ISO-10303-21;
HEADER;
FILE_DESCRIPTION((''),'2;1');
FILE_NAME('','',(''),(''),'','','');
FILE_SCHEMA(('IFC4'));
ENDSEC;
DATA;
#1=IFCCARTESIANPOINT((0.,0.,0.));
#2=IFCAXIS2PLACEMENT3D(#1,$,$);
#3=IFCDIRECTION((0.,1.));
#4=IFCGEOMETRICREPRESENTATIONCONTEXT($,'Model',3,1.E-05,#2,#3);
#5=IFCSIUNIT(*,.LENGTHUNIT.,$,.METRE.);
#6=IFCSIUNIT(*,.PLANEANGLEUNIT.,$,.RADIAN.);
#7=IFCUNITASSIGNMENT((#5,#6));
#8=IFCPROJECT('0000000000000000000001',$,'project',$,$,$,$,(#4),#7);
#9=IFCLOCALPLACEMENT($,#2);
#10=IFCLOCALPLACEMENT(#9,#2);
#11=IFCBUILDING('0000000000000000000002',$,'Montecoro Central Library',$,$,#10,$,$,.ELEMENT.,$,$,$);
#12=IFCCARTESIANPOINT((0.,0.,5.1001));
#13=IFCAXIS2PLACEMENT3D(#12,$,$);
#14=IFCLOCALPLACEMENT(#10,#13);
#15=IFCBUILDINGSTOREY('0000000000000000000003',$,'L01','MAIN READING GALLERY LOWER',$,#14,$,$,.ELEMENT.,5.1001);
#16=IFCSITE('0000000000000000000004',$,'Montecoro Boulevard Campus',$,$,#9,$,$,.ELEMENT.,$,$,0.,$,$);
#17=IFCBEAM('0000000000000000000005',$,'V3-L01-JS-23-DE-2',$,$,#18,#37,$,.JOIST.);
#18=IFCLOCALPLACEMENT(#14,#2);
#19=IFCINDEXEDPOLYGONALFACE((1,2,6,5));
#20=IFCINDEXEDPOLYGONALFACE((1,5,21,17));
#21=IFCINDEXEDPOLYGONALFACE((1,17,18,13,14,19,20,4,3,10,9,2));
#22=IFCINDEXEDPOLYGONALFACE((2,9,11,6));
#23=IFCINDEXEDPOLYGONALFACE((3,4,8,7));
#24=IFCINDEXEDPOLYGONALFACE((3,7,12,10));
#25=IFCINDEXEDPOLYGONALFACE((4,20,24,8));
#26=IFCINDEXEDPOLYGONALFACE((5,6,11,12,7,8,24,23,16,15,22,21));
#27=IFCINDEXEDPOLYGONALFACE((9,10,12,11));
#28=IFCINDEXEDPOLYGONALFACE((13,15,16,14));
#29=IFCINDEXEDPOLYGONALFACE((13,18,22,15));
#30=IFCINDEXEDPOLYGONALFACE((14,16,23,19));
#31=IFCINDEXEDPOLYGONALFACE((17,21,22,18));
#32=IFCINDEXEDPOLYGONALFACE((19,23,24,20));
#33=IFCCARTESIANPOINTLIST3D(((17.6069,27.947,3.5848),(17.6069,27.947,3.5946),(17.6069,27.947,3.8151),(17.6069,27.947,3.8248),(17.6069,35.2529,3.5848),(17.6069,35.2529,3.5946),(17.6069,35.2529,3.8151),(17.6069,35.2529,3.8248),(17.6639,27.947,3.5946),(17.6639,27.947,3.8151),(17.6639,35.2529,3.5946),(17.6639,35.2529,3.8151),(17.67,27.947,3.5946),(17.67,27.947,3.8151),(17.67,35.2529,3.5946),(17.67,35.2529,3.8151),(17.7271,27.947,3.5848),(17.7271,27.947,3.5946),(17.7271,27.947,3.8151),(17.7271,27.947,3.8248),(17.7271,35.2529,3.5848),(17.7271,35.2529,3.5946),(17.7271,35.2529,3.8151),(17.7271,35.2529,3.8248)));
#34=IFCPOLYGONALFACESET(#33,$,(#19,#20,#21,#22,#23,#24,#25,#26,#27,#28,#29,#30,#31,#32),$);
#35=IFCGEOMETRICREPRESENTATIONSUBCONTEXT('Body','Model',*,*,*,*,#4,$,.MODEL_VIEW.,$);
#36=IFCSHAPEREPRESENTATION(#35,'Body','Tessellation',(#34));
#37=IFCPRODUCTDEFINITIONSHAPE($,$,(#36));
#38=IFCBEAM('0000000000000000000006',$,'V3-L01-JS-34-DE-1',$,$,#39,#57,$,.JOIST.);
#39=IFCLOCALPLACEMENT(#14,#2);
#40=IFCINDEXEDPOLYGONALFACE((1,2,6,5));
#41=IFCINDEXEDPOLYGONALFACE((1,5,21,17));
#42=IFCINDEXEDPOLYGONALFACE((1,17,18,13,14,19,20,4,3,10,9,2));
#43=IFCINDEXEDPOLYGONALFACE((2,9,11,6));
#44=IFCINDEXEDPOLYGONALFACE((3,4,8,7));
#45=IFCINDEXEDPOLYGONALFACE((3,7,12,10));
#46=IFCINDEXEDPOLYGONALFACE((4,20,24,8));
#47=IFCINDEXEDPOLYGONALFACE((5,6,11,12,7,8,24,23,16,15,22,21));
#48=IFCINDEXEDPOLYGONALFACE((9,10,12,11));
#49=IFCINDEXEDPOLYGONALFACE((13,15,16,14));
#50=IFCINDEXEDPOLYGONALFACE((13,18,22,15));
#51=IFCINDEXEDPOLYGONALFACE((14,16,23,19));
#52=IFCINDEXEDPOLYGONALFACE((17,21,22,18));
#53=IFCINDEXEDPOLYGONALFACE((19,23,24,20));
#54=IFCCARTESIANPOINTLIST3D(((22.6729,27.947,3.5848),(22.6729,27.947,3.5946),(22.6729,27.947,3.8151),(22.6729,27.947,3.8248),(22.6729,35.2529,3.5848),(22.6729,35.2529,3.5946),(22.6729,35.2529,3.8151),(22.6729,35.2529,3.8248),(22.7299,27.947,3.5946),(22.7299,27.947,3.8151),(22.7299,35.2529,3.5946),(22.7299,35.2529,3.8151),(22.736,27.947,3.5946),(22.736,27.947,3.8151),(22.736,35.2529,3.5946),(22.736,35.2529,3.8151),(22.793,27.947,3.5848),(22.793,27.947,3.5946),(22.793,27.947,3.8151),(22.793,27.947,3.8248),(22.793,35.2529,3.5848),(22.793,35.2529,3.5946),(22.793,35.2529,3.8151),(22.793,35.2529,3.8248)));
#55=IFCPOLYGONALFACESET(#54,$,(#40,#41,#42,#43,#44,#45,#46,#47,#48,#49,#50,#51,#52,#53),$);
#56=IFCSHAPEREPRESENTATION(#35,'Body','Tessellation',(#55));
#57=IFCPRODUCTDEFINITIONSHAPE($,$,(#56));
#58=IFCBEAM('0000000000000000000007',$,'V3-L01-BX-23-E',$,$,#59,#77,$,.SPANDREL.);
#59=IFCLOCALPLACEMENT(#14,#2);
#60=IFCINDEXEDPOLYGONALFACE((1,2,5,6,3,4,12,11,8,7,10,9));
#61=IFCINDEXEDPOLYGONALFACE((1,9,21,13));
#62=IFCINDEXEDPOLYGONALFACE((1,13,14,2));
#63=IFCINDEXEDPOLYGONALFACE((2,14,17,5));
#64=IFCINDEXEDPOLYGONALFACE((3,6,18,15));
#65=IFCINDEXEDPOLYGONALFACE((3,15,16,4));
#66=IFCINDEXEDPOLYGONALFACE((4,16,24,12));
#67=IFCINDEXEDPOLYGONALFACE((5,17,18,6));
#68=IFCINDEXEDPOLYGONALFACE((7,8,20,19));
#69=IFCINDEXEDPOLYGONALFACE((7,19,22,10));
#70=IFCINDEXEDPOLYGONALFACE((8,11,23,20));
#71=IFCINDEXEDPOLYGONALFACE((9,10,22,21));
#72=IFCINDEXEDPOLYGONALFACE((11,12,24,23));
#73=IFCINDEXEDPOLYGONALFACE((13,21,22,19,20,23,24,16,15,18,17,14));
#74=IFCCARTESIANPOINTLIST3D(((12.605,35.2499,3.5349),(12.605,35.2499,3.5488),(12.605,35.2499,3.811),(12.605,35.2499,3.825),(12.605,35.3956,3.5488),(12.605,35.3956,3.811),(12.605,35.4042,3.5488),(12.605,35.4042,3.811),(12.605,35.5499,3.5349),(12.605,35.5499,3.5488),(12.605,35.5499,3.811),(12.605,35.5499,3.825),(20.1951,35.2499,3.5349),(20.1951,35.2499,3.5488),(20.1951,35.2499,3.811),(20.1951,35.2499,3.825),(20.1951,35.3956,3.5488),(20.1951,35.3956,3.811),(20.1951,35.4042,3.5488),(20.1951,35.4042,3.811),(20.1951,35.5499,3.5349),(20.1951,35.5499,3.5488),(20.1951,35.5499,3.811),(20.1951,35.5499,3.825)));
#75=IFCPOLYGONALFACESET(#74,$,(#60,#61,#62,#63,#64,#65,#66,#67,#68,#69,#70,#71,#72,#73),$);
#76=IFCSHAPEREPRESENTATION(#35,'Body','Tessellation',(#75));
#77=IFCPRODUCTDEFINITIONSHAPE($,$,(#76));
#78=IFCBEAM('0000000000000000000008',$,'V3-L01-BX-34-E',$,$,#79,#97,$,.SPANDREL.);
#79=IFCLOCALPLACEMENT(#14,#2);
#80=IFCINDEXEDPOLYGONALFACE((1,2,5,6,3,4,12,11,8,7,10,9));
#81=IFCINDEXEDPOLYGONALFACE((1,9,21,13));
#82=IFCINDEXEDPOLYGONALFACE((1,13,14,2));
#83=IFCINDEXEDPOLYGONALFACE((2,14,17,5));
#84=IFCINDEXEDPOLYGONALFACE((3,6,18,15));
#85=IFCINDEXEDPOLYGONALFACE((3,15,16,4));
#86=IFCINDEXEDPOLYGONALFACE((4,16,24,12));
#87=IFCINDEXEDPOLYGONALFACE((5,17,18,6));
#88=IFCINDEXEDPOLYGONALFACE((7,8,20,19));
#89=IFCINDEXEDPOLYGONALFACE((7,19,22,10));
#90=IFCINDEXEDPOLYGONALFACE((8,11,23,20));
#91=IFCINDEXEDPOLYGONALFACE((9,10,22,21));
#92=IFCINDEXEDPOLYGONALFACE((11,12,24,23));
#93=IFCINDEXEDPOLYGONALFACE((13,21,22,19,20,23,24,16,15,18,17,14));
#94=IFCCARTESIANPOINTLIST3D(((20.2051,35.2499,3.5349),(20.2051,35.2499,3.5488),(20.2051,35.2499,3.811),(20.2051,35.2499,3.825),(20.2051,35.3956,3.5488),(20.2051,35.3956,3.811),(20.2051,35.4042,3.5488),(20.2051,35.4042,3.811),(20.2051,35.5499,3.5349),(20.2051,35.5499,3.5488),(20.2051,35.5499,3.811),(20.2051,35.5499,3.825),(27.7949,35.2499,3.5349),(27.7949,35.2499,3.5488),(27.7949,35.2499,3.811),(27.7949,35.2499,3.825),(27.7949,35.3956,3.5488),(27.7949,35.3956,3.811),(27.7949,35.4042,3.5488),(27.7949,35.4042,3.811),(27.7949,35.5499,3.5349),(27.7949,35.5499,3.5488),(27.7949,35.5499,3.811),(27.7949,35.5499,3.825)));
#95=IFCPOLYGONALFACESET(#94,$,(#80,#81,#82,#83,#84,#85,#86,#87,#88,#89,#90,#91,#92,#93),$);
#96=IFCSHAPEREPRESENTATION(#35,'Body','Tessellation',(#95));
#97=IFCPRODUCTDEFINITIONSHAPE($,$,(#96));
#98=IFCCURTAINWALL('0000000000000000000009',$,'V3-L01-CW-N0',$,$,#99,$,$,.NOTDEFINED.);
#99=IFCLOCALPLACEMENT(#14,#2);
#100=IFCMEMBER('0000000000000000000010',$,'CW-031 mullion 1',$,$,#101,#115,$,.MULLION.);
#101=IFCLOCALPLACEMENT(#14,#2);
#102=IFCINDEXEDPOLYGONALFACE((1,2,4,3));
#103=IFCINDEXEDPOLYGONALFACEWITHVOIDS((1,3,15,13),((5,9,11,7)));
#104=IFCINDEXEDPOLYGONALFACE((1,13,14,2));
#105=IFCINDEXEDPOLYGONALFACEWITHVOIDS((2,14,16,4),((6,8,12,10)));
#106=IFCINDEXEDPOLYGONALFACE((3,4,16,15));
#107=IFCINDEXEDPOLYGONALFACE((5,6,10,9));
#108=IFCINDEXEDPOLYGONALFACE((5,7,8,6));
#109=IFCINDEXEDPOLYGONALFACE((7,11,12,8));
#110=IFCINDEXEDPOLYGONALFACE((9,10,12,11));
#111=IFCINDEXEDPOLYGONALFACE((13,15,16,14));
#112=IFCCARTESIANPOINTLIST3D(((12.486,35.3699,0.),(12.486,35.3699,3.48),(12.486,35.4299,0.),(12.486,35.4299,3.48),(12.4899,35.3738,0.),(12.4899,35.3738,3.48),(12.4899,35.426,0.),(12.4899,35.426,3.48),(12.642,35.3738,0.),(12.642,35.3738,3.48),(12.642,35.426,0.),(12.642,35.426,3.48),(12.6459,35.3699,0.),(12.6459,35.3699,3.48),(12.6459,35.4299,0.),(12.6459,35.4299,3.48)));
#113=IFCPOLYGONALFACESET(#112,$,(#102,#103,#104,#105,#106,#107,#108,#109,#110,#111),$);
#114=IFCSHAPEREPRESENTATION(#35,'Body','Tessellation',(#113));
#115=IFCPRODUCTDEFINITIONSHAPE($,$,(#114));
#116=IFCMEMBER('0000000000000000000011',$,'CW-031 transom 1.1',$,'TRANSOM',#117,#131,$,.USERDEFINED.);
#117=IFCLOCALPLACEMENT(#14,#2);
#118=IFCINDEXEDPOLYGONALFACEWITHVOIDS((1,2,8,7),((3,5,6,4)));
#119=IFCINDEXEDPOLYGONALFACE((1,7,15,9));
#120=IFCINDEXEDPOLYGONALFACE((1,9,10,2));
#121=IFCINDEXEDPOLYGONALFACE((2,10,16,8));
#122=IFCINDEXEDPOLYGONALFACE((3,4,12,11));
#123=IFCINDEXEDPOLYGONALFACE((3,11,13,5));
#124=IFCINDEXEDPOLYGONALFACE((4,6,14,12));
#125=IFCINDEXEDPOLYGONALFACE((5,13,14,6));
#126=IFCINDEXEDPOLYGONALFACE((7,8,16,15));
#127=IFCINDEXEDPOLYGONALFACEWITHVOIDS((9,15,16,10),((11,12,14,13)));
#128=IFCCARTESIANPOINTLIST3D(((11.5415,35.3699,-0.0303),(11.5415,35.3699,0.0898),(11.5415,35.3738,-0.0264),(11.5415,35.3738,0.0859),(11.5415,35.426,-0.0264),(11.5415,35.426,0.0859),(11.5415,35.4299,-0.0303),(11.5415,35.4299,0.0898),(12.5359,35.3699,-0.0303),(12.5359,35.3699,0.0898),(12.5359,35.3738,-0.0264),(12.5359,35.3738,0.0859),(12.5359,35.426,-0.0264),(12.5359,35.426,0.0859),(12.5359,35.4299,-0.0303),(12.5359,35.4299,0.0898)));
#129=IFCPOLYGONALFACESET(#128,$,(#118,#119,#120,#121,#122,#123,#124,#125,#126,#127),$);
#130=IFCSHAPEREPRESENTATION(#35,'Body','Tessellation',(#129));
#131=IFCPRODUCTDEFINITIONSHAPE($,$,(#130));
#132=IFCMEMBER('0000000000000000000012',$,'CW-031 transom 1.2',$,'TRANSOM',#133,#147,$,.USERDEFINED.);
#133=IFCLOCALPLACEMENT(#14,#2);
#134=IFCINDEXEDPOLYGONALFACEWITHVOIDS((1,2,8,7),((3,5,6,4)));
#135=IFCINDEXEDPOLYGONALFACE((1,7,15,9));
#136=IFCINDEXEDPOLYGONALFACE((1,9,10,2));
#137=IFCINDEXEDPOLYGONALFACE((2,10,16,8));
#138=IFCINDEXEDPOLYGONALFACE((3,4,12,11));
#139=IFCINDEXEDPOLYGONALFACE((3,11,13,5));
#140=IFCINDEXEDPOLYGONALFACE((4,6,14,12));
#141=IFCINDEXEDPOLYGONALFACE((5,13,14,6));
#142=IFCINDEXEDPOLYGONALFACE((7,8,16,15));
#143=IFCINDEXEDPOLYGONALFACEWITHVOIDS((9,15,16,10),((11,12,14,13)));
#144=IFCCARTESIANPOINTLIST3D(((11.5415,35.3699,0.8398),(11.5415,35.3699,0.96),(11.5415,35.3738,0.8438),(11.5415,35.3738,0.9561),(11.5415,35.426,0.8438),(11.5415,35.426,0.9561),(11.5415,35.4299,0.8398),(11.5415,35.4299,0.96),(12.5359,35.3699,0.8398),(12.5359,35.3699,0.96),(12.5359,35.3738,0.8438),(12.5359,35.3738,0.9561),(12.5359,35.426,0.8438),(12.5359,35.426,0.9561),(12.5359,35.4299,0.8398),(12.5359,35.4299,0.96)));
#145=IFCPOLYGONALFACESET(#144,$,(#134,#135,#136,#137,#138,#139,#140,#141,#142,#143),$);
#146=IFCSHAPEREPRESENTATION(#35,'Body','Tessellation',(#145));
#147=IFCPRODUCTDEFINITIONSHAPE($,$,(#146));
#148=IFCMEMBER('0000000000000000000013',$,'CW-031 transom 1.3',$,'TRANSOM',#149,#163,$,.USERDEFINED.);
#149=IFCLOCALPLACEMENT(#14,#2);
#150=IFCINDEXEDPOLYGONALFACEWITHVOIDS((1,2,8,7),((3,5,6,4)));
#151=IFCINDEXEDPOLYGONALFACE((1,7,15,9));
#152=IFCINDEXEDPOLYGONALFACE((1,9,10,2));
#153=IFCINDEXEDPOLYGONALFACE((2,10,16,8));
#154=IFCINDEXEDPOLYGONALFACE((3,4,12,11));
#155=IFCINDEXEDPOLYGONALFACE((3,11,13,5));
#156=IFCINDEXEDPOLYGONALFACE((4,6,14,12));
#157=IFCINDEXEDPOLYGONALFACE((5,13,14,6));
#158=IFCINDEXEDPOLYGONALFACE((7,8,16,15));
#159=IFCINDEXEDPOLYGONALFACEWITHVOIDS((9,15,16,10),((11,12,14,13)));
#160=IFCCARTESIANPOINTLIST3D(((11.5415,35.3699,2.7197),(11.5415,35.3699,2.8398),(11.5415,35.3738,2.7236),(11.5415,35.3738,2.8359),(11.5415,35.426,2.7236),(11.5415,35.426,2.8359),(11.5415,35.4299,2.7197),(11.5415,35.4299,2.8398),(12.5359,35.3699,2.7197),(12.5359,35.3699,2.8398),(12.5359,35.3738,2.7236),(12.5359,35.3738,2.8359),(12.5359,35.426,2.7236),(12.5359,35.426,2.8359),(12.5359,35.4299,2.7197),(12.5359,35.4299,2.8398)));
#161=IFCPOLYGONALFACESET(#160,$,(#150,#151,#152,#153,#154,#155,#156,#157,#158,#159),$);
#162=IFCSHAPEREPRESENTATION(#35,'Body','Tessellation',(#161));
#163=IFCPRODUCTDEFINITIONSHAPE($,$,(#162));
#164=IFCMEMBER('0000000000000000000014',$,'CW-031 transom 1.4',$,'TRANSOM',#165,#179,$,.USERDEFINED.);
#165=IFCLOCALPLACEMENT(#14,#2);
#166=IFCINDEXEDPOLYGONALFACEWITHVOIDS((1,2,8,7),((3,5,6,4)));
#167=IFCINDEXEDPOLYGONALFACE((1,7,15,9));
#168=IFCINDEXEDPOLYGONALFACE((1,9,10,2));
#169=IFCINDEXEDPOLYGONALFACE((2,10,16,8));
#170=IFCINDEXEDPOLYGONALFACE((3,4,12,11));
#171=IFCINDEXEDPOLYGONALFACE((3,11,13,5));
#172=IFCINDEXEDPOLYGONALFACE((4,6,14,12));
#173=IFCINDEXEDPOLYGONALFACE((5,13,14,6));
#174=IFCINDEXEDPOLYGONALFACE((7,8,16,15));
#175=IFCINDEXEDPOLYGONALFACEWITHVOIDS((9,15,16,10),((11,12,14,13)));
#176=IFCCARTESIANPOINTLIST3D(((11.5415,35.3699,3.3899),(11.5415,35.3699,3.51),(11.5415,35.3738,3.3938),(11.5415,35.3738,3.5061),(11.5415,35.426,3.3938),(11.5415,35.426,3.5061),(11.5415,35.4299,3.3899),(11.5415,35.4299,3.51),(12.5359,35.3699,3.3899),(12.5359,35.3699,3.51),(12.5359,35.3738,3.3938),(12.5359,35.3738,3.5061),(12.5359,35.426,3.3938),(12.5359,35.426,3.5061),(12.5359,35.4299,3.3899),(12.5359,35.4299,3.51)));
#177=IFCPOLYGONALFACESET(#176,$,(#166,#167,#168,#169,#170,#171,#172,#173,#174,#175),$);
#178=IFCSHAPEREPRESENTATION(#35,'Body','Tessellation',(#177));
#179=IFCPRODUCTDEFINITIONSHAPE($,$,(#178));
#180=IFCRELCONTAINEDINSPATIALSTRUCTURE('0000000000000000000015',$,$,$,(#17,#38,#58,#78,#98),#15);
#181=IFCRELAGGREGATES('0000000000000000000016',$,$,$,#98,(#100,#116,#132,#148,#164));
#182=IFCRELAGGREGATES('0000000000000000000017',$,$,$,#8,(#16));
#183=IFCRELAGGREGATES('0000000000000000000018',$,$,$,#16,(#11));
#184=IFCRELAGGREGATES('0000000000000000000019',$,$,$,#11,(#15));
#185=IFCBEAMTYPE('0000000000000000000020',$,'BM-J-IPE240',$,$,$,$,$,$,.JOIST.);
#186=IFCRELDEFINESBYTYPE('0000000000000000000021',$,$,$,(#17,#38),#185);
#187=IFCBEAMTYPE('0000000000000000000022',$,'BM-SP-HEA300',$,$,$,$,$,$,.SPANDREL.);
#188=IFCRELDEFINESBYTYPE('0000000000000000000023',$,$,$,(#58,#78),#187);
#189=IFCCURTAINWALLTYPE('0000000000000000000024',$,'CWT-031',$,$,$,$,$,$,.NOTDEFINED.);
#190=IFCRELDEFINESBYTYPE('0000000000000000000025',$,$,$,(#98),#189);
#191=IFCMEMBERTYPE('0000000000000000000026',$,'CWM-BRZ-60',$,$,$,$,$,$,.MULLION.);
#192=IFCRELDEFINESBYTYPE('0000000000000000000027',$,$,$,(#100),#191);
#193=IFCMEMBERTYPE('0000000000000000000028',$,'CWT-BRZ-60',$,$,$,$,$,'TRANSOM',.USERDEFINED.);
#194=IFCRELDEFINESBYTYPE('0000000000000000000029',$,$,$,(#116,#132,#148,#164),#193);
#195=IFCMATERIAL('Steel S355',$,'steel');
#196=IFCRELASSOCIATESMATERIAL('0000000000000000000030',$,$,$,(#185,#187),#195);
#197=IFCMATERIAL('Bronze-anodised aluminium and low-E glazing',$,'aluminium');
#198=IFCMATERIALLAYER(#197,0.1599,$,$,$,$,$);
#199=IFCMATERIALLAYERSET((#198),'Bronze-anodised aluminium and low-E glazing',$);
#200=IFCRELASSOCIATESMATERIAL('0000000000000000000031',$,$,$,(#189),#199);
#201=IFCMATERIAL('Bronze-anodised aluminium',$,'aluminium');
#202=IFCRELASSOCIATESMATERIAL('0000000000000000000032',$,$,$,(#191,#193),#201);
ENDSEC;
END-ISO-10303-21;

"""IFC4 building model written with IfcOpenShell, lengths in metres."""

from ifc_helpers import new_model, si_unit, direction, frame, origin, origin_2d, place, context, subcontext, project, spatial, hollow_rectangle, i_section, extrude, material, layer, layer_set, material_profile, profile_set, type_object, element, aggregate, save


model = new_model("IFC4")

# Units and contexts
model_context = context("Model", 3, precision=1e-05, world=origin(), true_north=direction((0.0, 1.0)))
body_context = subcontext(model_context, "Body", "Model", "MODEL_VIEW")
ifc_project = project(units=[si_unit("LENGTHUNIT", "METRE"), si_unit("PLANEANGLEUNIT", "RADIAN")], contexts=[model_context])

# Site, building, storey
site_placement = place(None, origin())
site = spatial("IfcSite", under=ifc_project, at=site_placement, Name="Montecoro Boulevard Campus", CompositionType="ELEMENT", RefElevation=0.0)
building_placement = place(site_placement, origin())
building = spatial("IfcBuilding", under=site, at=building_placement, Name="Montecoro Central Library", CompositionType="ELEMENT")
storey_placement = place(building_placement, frame((0.0, 0.0, 5.1001)))
storey = spatial("IfcBuildingStorey", under=building, at=storey_placement, Name="L01", Description="MAIN READING GALLERY LOWER", CompositionType="ELEMENT", Elevation=5.1001)

# Shared definitions
ifc_material_1 = material(Name="Steel S355", Category="steel")

# Beams
ifc_material_profile_1 = material_profile(ifc_material_1, i_section(OverallWidth=0.1201, OverallDepth=0.24, WebThickness=0.0061, FlangeThickness=0.0098, at=origin_2d()), Name="IPE 240")
ifc_profile_set_1 = profile_set([ifc_material_profile_1], Name="Steel S355")
beam_type_1 = type_object("IfcBeamType", Name="BM-J-IPE240", PredefinedType="JOIST", material=ifc_profile_set_1)
for number, where, z_axis, x_axis, name in (
    (1, (17.667, 27.947, 3.7048), (0.0, 1.0, 0.0), (-1.0, 0.0, 0.0), "V3-L01-JS-23-DE-2"),
    (2, (22.7329, 27.947, 3.7048), (0.0, 1.0, 0.0), (-1.0, 0.0, 0.0), "V3-L01-JS-34-DE-1"),
):
    element("IfcBeam", number, at=place(storey_placement, frame(where, z_axis=z_axis, x_axis=x_axis)), inside=storey, type_object=beam_type_1, Name=name, PredefinedType="JOIST", context=body_context, shape_type="SweptSolid", body=[
        extrude(i_section(OverallWidth=0.1201, OverallDepth=0.24, WebThickness=0.0061, FlangeThickness=0.0098, at=origin_2d()), origin(), (0.0, 0.0, 1.0), 7.3059),
    ])
ifc_material_profile_2 = material_profile(ifc_material_1, i_section(OverallWidth=0.3, OverallDepth=0.29, WebThickness=0.0085, FlangeThickness=0.0139, at=origin_2d()), Name="HEA 300")
ifc_profile_set_2 = profile_set([ifc_material_profile_2], Name="Steel S355")
beam_type_2 = type_object("IfcBeamType", Name="BM-SP-HEA300", PredefinedType="SPANDREL", material=ifc_profile_set_2)
beam_1_placement = place(storey_placement, frame((12.605, 35.3999, 3.6799), z_axis=(1.0, 0.0, 0.0), x_axis=(0.0, 1.0, 0.0)))
element("IfcBeam", 3, at=beam_1_placement, inside=storey, type_object=beam_type_2, Name="V3-L01-BX-23-E", PredefinedType="SPANDREL", context=body_context, shape_type="SweptSolid", body=[
    extrude(i_section(OverallWidth=0.3, OverallDepth=0.29, WebThickness=0.0085, FlangeThickness=0.0139, at=origin_2d()), origin(), (0.0, 0.0, 1.0), 7.5901),
])
beam_2_placement = place(storey_placement, frame((20.2051, 35.3999, 3.6799), z_axis=(1.0, 0.0, 0.0), x_axis=(0.0, 1.0, 0.0)))
element("IfcBeam", 4, at=beam_2_placement, inside=storey, type_object=beam_type_2, Name="V3-L01-BX-34-E", PredefinedType="SPANDREL", context=body_context, shape_type="SweptSolid", body=[
    extrude(i_section(OverallWidth=0.3, OverallDepth=0.29, WebThickness=0.0085, FlangeThickness=0.0139, at=origin_2d()), origin(), (0.0, 0.0, 1.0), 7.5898),
])

# Curtain wall, members
ifc_material_2 = material(Name="Bronze-anodised aluminium and low-E glazing", Category="aluminium")
ifc_layer_1 = layer(ifc_material_2, 0.1599)
ifc_layer_set_1 = layer_set([ifc_layer_1], Name="Bronze-anodised aluminium and low-E glazing")
curtain_wall_type = type_object("IfcCurtainWallType", Name="CWT-031", PredefinedType="NOTDEFINED", material=ifc_layer_set_1)
curtain_wall_placement = place(storey_placement, origin())
curtain_wall = element("IfcCurtainWall", 5, at=curtain_wall_placement, inside=storey, type_object=curtain_wall_type, Name="V3-L01-CW-N0", PredefinedType="NOTDEFINED")
ifc_material_3 = material(Name="Bronze-anodised aluminium", Category="aluminium")
ifc_material_profile_3 = material_profile(ifc_material_3, hollow_rectangle(XDim=0.0601, YDim=0.1599, WallThickness=0.0039, at=origin_2d()), Name="CWM 160x60x4.0")
ifc_profile_set_3 = profile_set([ifc_material_profile_3], Name="Bronze-anodised aluminium")
member_type_1 = type_object("IfcMemberType", Name="CWM-BRZ-60", PredefinedType="MULLION", material=ifc_profile_set_3)
member_1_placement = place(storey_placement, frame((12.5659, 35.3999, 0.0), z_axis=(0.0, 0.0, 1.0), x_axis=(0.0, -1.0, 0.0)))
member_1 = element("IfcMember", 6, at=member_1_placement, type_object=member_type_1, Name="CW-031 mullion 1", PredefinedType="MULLION", context=body_context, shape_type="SweptSolid", body=[
    extrude(hollow_rectangle(XDim=0.0601, YDim=0.1599, WallThickness=0.0039, at=origin_2d()), origin(), (0.0, 0.0, 1.0), 3.48),
])
ifc_material_profile_4 = material_profile(ifc_material_3, hollow_rectangle(XDim=0.0601, YDim=0.1201, WallThickness=0.0039, at=origin_2d()), Name="CWT 120x60x4.0")
ifc_profile_set_4 = profile_set([ifc_material_profile_4], Name="Bronze-anodised aluminium")
member_type_2 = type_object("IfcMemberType", Name="CWT-BRZ-60", ElementType="TRANSOM", PredefinedType="USERDEFINED", material=ifc_profile_set_4)
member_2_placement = place(storey_placement, frame((12.5359, 35.3999, 0.0298), z_axis=(-1.0, 0.0, 0.0), x_axis=(0.0, -1.0, 0.0)))
member_2 = element("IfcMember", 7, at=member_2_placement, type_object=member_type_2, Name="CW-031 transom 1.1", ObjectType="TRANSOM", PredefinedType="USERDEFINED", context=body_context, shape_type="SweptSolid", body=[
    extrude(hollow_rectangle(XDim=0.0601, YDim=0.1201, WallThickness=0.0039, at=origin_2d()), origin(), (0.0, 0.0, 1.0), 0.9944),
])
member_3_placement = place(storey_placement, frame((12.5359, 35.3999, 0.8999), z_axis=(-1.0, 0.0, 0.0), x_axis=(0.0, -1.0, 0.0)))
member_3 = element("IfcMember", 8, at=member_3_placement, type_object=member_type_2, Name="CW-031 transom 1.2", ObjectType="TRANSOM", PredefinedType="USERDEFINED", context=body_context, shape_type="SweptSolid", body=[
    extrude(hollow_rectangle(XDim=0.0601, YDim=0.1201, WallThickness=0.0039, at=origin_2d()), origin(), (0.0, 0.0, 1.0), 0.9944),
])
member_4_placement = place(storey_placement, frame((12.5359, 35.3999, 2.7798), z_axis=(-1.0, 0.0, 0.0), x_axis=(0.0, -1.0, 0.0)))
member_4 = element("IfcMember", 9, at=member_4_placement, type_object=member_type_2, Name="CW-031 transom 1.3", ObjectType="TRANSOM", PredefinedType="USERDEFINED", context=body_context, shape_type="SweptSolid", body=[
    extrude(hollow_rectangle(XDim=0.0601, YDim=0.1201, WallThickness=0.0039, at=origin_2d()), origin(), (0.0, 0.0, 1.0), 0.9944),
])
member_5_placement = place(storey_placement, frame((12.5359, 35.3999, 3.45), z_axis=(-1.0, 0.0, 0.0), x_axis=(0.0, -1.0, 0.0)))
member_5 = element("IfcMember", 10, at=member_5_placement, type_object=member_type_2, Name="CW-031 transom 1.4", ObjectType="TRANSOM", PredefinedType="USERDEFINED", context=body_context, shape_type="SweptSolid", body=[
    extrude(hollow_rectangle(XDim=0.0601, YDim=0.1201, WallThickness=0.0039, at=origin_2d()), origin(), (0.0, 0.0, 1.0), 0.9944),
])

aggregate(curtain_wall, [member_1, member_2, member_3, member_4, member_5])

save(model, "model.ifc")
